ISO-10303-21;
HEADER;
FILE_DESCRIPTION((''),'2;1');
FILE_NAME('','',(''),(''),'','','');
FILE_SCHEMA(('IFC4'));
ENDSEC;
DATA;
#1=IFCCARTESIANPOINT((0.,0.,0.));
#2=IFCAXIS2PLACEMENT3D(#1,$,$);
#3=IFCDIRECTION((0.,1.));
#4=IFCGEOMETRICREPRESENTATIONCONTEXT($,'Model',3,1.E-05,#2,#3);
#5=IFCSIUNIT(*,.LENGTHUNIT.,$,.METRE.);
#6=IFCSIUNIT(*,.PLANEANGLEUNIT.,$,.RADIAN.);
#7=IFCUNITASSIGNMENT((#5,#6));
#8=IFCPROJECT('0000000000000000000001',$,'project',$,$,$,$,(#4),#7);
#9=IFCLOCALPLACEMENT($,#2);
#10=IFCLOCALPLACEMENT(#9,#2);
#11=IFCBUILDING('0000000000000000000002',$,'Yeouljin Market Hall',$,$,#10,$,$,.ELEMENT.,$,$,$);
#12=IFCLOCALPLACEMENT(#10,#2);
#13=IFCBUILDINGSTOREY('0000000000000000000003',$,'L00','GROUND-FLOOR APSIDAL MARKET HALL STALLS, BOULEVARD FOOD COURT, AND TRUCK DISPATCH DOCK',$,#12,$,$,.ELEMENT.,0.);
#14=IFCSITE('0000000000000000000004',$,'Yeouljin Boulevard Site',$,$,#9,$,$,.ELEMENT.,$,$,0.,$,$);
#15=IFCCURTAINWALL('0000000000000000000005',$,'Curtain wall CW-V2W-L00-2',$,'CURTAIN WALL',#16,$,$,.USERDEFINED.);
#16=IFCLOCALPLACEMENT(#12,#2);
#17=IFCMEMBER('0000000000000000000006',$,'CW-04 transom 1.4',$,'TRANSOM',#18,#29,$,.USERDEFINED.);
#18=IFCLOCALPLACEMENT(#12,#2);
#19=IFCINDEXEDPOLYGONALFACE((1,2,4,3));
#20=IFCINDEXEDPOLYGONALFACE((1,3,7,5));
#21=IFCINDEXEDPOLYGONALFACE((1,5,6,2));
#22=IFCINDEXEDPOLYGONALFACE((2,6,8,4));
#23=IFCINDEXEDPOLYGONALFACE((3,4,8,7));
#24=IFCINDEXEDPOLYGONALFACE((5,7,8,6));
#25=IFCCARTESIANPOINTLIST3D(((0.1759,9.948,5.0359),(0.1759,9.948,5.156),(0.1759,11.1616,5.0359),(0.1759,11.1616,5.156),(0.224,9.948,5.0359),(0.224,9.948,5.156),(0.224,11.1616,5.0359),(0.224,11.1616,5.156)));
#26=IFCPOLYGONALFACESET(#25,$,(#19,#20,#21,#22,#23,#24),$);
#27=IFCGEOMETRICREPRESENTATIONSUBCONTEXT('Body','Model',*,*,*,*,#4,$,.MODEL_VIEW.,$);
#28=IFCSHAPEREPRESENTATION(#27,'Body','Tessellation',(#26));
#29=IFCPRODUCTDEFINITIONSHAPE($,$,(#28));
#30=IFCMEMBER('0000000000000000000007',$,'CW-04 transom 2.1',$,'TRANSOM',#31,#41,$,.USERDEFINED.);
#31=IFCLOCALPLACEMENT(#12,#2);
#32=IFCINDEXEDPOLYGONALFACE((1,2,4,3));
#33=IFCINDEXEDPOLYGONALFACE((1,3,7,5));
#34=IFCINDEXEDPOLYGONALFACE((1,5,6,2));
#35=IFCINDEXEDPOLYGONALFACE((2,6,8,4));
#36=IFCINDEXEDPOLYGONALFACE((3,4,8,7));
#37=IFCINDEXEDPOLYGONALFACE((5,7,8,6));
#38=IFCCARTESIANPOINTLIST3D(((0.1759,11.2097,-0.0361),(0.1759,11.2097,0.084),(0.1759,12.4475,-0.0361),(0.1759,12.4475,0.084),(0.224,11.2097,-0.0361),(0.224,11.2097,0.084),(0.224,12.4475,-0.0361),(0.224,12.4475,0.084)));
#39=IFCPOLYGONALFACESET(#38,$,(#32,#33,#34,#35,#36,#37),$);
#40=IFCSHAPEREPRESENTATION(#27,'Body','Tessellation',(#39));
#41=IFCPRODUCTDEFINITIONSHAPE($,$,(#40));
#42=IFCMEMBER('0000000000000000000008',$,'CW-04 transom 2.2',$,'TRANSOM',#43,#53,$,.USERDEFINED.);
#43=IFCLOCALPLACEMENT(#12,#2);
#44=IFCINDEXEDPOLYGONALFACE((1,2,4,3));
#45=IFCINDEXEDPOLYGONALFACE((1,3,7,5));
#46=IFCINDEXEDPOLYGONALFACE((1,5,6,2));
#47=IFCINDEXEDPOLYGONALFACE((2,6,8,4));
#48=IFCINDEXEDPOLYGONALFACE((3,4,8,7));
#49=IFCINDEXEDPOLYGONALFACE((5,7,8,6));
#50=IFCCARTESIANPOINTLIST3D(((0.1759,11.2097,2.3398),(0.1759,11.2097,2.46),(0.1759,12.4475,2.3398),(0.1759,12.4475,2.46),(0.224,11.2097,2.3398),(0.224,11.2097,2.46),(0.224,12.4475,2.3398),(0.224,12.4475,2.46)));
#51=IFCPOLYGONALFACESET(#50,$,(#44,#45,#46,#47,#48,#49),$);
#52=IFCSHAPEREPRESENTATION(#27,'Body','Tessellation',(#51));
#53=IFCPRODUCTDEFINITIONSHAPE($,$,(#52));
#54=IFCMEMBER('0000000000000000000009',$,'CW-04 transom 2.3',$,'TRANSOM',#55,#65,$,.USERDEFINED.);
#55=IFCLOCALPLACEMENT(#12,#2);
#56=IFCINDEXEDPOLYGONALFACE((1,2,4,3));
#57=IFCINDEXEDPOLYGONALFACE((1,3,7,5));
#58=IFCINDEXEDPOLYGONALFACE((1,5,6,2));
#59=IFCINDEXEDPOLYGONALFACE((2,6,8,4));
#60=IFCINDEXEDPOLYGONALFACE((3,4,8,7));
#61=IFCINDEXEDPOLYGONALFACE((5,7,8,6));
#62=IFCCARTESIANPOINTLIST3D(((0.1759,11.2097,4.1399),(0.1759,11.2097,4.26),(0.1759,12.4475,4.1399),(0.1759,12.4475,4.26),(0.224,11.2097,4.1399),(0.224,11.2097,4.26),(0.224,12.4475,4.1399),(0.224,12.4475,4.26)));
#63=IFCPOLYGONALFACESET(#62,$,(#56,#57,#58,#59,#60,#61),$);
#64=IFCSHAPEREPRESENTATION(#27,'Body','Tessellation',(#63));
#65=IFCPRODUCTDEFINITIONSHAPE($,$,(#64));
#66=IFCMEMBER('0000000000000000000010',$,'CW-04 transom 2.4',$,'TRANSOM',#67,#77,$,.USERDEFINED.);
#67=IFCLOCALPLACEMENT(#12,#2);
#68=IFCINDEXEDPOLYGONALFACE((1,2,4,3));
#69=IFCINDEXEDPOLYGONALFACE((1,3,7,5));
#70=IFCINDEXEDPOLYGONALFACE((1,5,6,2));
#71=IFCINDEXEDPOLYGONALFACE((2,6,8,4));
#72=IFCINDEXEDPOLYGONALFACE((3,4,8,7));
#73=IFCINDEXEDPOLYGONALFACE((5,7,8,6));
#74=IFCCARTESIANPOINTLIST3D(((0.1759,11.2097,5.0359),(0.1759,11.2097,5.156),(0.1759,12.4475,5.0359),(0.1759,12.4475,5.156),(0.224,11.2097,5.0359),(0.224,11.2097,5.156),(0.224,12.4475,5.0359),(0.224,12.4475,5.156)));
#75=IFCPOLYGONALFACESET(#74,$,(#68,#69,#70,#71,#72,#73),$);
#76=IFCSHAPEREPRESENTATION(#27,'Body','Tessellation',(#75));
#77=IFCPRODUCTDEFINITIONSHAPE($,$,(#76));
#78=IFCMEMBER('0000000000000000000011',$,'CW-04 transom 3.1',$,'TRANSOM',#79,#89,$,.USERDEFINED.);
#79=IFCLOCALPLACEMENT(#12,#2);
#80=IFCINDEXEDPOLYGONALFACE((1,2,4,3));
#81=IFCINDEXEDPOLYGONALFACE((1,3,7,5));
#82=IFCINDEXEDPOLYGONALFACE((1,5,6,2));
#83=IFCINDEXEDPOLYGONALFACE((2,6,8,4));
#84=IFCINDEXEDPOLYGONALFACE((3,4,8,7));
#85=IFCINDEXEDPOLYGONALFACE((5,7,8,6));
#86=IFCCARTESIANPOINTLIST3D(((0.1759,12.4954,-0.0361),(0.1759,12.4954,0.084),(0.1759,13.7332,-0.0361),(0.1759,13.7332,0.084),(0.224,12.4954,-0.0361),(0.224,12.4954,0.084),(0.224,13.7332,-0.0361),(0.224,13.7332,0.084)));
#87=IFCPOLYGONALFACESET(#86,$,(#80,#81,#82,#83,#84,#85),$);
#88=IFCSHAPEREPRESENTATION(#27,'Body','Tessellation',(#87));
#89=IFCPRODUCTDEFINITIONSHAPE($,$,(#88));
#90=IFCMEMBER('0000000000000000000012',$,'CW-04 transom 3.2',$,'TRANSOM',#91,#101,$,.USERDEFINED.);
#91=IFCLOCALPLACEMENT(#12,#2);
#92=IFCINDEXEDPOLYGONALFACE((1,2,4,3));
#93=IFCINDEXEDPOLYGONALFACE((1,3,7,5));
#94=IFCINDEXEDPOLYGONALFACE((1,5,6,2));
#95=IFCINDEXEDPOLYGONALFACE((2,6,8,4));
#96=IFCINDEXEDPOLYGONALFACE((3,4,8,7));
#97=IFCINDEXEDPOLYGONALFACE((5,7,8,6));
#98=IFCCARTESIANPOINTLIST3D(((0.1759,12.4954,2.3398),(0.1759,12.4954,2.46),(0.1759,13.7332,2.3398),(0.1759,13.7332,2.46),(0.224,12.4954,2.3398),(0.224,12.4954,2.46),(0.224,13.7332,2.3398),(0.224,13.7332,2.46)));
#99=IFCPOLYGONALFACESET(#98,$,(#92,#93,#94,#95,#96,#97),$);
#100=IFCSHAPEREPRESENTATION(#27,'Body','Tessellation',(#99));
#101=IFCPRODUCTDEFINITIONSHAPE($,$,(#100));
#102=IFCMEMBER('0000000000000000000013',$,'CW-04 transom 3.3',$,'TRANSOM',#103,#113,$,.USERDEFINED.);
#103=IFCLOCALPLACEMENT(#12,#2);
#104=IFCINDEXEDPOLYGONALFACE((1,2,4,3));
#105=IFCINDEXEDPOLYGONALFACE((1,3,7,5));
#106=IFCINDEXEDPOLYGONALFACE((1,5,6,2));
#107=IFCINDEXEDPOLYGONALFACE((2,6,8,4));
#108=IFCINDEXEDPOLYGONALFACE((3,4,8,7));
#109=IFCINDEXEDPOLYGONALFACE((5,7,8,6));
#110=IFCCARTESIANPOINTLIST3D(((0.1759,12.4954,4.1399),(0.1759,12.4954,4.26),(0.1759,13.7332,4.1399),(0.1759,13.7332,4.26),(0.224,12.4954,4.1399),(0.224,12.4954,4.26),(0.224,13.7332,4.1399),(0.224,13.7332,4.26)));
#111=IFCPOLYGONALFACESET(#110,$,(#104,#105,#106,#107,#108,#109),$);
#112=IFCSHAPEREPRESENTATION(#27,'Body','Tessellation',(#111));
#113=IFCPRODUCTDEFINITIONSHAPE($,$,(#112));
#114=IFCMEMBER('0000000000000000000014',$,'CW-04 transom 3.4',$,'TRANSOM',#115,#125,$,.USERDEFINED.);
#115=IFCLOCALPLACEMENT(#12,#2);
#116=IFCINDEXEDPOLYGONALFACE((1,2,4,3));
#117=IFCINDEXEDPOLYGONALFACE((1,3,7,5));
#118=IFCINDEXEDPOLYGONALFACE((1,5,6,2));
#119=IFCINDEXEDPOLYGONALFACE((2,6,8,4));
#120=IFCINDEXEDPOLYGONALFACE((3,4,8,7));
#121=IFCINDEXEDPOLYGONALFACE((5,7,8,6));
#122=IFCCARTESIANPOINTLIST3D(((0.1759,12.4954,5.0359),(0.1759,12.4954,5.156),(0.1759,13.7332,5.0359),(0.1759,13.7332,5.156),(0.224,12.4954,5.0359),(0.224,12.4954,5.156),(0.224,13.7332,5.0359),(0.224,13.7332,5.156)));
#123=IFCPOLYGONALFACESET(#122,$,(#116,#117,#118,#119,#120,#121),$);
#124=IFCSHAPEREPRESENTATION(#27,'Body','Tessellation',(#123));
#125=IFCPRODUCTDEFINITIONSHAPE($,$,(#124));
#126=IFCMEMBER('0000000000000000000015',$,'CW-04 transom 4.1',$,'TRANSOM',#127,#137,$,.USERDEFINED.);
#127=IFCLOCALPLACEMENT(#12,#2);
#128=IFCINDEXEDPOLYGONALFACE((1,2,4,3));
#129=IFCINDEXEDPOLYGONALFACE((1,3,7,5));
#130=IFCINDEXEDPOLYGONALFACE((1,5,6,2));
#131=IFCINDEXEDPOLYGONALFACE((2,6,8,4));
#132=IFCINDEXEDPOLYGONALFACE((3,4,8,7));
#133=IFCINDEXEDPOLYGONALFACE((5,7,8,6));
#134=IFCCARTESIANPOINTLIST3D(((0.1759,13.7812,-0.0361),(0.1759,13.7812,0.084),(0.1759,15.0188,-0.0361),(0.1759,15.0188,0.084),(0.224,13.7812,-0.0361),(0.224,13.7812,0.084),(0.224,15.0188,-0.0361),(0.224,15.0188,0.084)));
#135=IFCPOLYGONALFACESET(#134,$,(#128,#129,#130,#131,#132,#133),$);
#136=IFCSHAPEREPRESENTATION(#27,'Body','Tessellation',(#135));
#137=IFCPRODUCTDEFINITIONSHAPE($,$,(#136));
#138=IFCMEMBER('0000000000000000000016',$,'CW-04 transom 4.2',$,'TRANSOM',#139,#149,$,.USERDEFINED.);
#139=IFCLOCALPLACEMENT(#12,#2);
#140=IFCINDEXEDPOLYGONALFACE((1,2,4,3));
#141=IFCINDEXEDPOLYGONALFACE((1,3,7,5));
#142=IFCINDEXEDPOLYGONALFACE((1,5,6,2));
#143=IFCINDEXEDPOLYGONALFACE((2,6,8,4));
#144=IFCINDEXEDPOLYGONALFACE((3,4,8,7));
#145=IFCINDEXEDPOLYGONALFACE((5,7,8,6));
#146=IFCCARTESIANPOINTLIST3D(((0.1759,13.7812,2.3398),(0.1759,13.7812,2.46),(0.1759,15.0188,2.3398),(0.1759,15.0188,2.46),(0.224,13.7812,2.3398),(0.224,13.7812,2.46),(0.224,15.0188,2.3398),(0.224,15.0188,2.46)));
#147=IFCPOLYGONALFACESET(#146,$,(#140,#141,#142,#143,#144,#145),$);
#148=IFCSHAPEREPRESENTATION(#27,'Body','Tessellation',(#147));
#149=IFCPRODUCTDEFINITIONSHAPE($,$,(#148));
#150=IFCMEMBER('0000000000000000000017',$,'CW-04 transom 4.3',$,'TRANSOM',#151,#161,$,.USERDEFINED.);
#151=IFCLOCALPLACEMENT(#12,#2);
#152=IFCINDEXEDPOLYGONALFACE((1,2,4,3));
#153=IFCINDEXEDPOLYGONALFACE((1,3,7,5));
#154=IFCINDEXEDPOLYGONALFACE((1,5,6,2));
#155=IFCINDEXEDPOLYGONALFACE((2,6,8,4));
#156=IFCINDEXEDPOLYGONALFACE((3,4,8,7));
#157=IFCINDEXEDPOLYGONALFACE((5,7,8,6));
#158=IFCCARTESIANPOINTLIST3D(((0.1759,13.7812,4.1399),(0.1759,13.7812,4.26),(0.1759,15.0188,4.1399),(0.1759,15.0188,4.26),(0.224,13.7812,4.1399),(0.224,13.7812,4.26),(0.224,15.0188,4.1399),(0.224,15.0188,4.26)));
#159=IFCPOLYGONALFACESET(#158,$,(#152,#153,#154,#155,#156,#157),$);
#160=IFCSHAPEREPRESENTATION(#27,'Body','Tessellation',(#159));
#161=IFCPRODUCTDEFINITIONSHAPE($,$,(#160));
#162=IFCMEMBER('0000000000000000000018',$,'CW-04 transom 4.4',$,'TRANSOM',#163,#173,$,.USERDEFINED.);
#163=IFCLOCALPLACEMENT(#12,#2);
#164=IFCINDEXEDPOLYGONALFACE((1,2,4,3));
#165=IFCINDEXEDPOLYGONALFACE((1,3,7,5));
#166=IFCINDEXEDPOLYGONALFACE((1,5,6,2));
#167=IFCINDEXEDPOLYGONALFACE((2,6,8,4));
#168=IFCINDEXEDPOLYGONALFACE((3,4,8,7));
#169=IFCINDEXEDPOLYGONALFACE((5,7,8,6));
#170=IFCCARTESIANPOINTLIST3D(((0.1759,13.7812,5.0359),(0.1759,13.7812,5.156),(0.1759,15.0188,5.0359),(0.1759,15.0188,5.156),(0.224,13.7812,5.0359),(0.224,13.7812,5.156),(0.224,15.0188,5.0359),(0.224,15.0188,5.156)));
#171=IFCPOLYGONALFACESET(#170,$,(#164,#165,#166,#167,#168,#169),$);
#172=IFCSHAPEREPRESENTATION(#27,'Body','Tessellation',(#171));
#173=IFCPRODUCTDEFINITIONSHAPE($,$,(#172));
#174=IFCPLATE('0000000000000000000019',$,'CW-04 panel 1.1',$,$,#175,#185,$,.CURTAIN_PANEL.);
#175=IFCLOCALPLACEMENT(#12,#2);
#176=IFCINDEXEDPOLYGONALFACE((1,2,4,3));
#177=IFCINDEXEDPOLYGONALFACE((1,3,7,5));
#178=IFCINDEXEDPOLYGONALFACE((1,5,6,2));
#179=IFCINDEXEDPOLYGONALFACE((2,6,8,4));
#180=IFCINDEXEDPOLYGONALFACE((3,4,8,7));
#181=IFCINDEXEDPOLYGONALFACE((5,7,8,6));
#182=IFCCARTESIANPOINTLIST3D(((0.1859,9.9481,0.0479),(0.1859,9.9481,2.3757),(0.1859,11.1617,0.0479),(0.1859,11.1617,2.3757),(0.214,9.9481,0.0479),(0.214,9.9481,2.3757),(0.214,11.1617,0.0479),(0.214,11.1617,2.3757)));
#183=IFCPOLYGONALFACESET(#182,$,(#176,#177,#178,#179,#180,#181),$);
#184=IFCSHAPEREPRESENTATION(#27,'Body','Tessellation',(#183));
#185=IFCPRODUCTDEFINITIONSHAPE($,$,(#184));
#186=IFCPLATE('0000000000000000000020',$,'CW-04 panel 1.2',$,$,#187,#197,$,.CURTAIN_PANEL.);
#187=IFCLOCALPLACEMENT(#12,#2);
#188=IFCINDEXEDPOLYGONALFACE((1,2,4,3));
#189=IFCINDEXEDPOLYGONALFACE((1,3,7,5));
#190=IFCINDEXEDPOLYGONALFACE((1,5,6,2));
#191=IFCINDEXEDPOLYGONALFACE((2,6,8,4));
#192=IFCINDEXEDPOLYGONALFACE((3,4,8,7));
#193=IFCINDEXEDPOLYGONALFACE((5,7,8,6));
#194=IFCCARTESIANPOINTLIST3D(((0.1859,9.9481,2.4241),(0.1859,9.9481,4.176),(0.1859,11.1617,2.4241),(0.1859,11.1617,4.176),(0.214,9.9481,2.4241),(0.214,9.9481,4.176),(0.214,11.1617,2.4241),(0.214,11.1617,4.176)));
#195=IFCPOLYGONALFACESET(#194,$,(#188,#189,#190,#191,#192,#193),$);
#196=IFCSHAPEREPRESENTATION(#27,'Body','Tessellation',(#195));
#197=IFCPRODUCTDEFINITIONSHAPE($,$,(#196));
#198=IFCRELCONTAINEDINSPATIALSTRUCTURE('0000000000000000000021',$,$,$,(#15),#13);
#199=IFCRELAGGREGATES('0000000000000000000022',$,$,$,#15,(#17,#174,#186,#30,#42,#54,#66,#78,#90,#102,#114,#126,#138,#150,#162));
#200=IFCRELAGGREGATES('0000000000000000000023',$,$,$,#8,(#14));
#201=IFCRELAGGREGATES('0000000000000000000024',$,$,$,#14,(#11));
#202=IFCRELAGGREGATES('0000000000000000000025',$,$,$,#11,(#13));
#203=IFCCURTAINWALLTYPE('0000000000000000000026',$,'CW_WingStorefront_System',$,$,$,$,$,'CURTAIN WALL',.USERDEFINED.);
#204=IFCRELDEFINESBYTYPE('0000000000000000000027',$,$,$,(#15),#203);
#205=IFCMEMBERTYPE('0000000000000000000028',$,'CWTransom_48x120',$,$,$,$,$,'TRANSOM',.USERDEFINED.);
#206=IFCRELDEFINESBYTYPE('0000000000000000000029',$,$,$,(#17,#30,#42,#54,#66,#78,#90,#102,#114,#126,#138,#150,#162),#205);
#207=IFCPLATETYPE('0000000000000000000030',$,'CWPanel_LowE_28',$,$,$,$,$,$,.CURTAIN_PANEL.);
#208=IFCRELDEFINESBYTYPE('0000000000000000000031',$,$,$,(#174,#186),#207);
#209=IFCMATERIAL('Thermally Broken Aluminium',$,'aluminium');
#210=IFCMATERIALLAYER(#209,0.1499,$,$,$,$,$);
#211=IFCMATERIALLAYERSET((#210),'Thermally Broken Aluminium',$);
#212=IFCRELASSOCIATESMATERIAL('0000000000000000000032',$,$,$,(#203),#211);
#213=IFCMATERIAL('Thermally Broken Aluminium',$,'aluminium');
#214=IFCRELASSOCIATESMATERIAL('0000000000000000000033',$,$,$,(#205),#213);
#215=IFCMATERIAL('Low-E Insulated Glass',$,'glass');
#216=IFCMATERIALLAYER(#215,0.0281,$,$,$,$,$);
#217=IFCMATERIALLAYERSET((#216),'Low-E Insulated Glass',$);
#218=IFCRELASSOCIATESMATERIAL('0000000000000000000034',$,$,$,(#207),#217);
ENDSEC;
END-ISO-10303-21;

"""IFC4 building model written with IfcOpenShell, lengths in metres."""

from ifc_helpers import new_model, si_unit, direction, frame, origin, origin_2d, place, context, subcontext, project, spatial, rectangle, extrude, material, layer, layer_set, material_profile, profile_set, type_object, element, aggregate, save


model = new_model("IFC4")

# Units and contexts
model_context = context("Model", 3, precision=1e-05, world=origin(), true_north=direction((0.0, 1.0)))
body_context = subcontext(model_context, "Body", "Model", "MODEL_VIEW")
ifc_project = project(units=[si_unit("LENGTHUNIT", "METRE"), si_unit("PLANEANGLEUNIT", "RADIAN")], contexts=[model_context])

# Site, building, storey
site_placement = place(None, origin())
site = spatial("IfcSite", under=ifc_project, at=site_placement, Name="Yeouljin Boulevard Site", CompositionType="ELEMENT", RefElevation=0.0)
building_placement = place(site_placement, origin())
building = spatial("IfcBuilding", under=site, at=building_placement, Name="Yeouljin Market Hall", CompositionType="ELEMENT")
storey_placement = place(building_placement, origin())
storey = spatial("IfcBuildingStorey", under=building, at=storey_placement, Name="L00", Description="GROUND-FLOOR APSIDAL MARKET HALL STALLS, BOULEVARD FOOD COURT, AND TRUCK DISPATCH DOCK", CompositionType="ELEMENT", Elevation=0.0)

# Curtain wall, members, plates
ifc_material_1 = material(Name="Thermally Broken Aluminium", Category="aluminium")
ifc_layer_1 = layer(ifc_material_1, 0.1499)
ifc_layer_set_1 = layer_set([ifc_layer_1], Name="Thermally Broken Aluminium")
curtain_wall_type = type_object("IfcCurtainWallType", Name="CW_WingStorefront_System", ElementType="CURTAIN WALL", PredefinedType="USERDEFINED", material=ifc_layer_set_1)
curtain_wall_placement = place(storey_placement, origin())
curtain_wall = element("IfcCurtainWall", 1, at=curtain_wall_placement, inside=storey, type_object=curtain_wall_type, Name="Curtain wall CW-V2W-L00-2", ObjectType="CURTAIN WALL", PredefinedType="USERDEFINED")
ifc_material_2 = material(Name="Thermally Broken Aluminium", Category="aluminium")
ifc_material_profile_1 = material_profile(ifc_material_2, rectangle(XDim=0.0481, YDim=0.1201, at=origin_2d()), Name="CW-TRAN-48x120")
ifc_profile_set_1 = profile_set([ifc_material_profile_1], Name="Thermally Broken Aluminium")
member_type_1 = type_object("IfcMemberType", Name="CWTransom_48x120", ElementType="TRANSOM", PredefinedType="USERDEFINED", material=ifc_profile_set_1)
member_1_placement = place(storey_placement, frame((0.2, 9.948, 5.0959), z_axis=(0.0, 1.0, 0.0), x_axis=(-1.0, 0.0, 0.0)))
member_1 = element("IfcMember", 2, at=member_1_placement, type_object=member_type_1, Name="CW-04 transom 1.4", ObjectType="TRANSOM", PredefinedType="USERDEFINED", context=body_context, shape_type="SweptSolid", body=[
    extrude(rectangle(XDim=0.0481, YDim=0.1201, at=origin_2d()), origin(), (0.0, 0.0, 1.0), 1.2136),
])
member_2_placement = place(storey_placement, frame((0.2, 11.2097, 0.0239), z_axis=(0.0, 1.0, 0.0), x_axis=(-1.0, 0.0, 0.0)))
member_2 = element("IfcMember", 3, at=member_2_placement, type_object=member_type_1, Name="CW-04 transom 2.1", ObjectType="TRANSOM", PredefinedType="USERDEFINED", context=body_context, shape_type="SweptSolid", body=[
    extrude(rectangle(XDim=0.0481, YDim=0.1201, at=origin_2d()), origin(), (0.0, 0.0, 1.0), 1.2378),
])
member_3_placement = place(storey_placement, frame((0.2, 11.2097, 2.3999), z_axis=(0.0, 1.0, 0.0), x_axis=(-1.0, 0.0, 0.0)))
member_3 = element("IfcMember", 4, at=member_3_placement, type_object=member_type_1, Name="CW-04 transom 2.2", ObjectType="TRANSOM", PredefinedType="USERDEFINED", context=body_context, shape_type="SweptSolid", body=[
    extrude(rectangle(XDim=0.0481, YDim=0.1201, at=origin_2d()), origin(), (0.0, 0.0, 1.0), 1.2378),
])
member_4_placement = place(storey_placement, frame((0.2, 11.2097, 4.2), z_axis=(0.0, 1.0, 0.0), x_axis=(-1.0, 0.0, 0.0)))
member_4 = element("IfcMember", 5, at=member_4_placement, type_object=member_type_1, Name="CW-04 transom 2.3", ObjectType="TRANSOM", PredefinedType="USERDEFINED", context=body_context, shape_type="SweptSolid", body=[
    extrude(rectangle(XDim=0.0481, YDim=0.1201, at=origin_2d()), origin(), (0.0, 0.0, 1.0), 1.2378),
])
member_5_placement = place(storey_placement, frame((0.2, 11.2097, 5.0959), z_axis=(0.0, 1.0, 0.0), x_axis=(-1.0, 0.0, 0.0)))
member_5 = element("IfcMember", 6, at=member_5_placement, type_object=member_type_1, Name="CW-04 transom 2.4", ObjectType="TRANSOM", PredefinedType="USERDEFINED", context=body_context, shape_type="SweptSolid", body=[
    extrude(rectangle(XDim=0.0481, YDim=0.1201, at=origin_2d()), origin(), (0.0, 0.0, 1.0), 1.2378),
])
member_6_placement = place(storey_placement, frame((0.2, 12.4954, 0.0239), z_axis=(0.0, 1.0, 0.0), x_axis=(-1.0, 0.0, 0.0)))
member_6 = element("IfcMember", 7, at=member_6_placement, type_object=member_type_1, Name="CW-04 transom 3.1", ObjectType="TRANSOM", PredefinedType="USERDEFINED", context=body_context, shape_type="SweptSolid", body=[
    extrude(rectangle(XDim=0.0481, YDim=0.1201, at=origin_2d()), origin(), (0.0, 0.0, 1.0), 1.2378),
])
member_7_placement = place(storey_placement, frame((0.2, 12.4954, 2.3999), z_axis=(0.0, 1.0, 0.0), x_axis=(-1.0, 0.0, 0.0)))
member_7 = element("IfcMember", 8, at=member_7_placement, type_object=member_type_1, Name="CW-04 transom 3.2", ObjectType="TRANSOM", PredefinedType="USERDEFINED", context=body_context, shape_type="SweptSolid", body=[
    extrude(rectangle(XDim=0.0481, YDim=0.1201, at=origin_2d()), origin(), (0.0, 0.0, 1.0), 1.2378),
])
member_8_placement = place(storey_placement, frame((0.2, 12.4954, 4.2), z_axis=(0.0, 1.0, 0.0), x_axis=(-1.0, 0.0, 0.0)))
member_8 = element("IfcMember", 9, at=member_8_placement, type_object=member_type_1, Name="CW-04 transom 3.3", ObjectType="TRANSOM", PredefinedType="USERDEFINED", context=body_context, shape_type="SweptSolid", body=[
    extrude(rectangle(XDim=0.0481, YDim=0.1201, at=origin_2d()), origin(), (0.0, 0.0, 1.0), 1.2378),
])
member_9_placement = place(storey_placement, frame((0.2, 12.4954, 5.0959), z_axis=(0.0, 1.0, 0.0), x_axis=(-1.0, 0.0, 0.0)))
member_9 = element("IfcMember", 10, at=member_9_placement, type_object=member_type_1, Name="CW-04 transom 3.4", ObjectType="TRANSOM", PredefinedType="USERDEFINED", context=body_context, shape_type="SweptSolid", body=[
    extrude(rectangle(XDim=0.0481, YDim=0.1201, at=origin_2d()), origin(), (0.0, 0.0, 1.0), 1.2378),
])
member_10_placement = place(storey_placement, frame((0.2, 13.7812, 0.0239), z_axis=(0.0, 1.0, 0.0), x_axis=(-1.0, 0.0, 0.0)))
member_10 = element("IfcMember", 11, at=member_10_placement, type_object=member_type_1, Name="CW-04 transom 4.1", ObjectType="TRANSOM", PredefinedType="USERDEFINED", context=body_context, shape_type="SweptSolid", body=[
    extrude(rectangle(XDim=0.0481, YDim=0.1201, at=origin_2d()), origin(), (0.0, 0.0, 1.0), 1.2375),
])
member_11_placement = place(storey_placement, frame((0.2, 13.7812, 2.3999), z_axis=(0.0, 1.0, 0.0), x_axis=(-1.0, 0.0, 0.0)))
member_11 = element("IfcMember", 12, at=member_11_placement, type_object=member_type_1, Name="CW-04 transom 4.2", ObjectType="TRANSOM", PredefinedType="USERDEFINED", context=body_context, shape_type="SweptSolid", body=[
    extrude(rectangle(XDim=0.0481, YDim=0.1201, at=origin_2d()), origin(), (0.0, 0.0, 1.0), 1.2375),
])
member_12_placement = place(storey_placement, frame((0.2, 13.7812, 4.2), z_axis=(0.0, 1.0, 0.0), x_axis=(-1.0, 0.0, 0.0)))
member_12 = element("IfcMember", 13, at=member_12_placement, type_object=member_type_1, Name="CW-04 transom 4.3", ObjectType="TRANSOM", PredefinedType="USERDEFINED", context=body_context, shape_type="SweptSolid", body=[
    extrude(rectangle(XDim=0.0481, YDim=0.1201, at=origin_2d()), origin(), (0.0, 0.0, 1.0), 1.2375),
])
member_13_placement = place(storey_placement, frame((0.2, 13.7812, 5.0959), z_axis=(0.0, 1.0, 0.0), x_axis=(-1.0, 0.0, 0.0)))
member_13 = element("IfcMember", 14, at=member_13_placement, type_object=member_type_1, Name="CW-04 transom 4.4", ObjectType="TRANSOM", PredefinedType="USERDEFINED", context=body_context, shape_type="SweptSolid", body=[
    extrude(rectangle(XDim=0.0481, YDim=0.1201, at=origin_2d()), origin(), (0.0, 0.0, 1.0), 1.2375),
])
ifc_material_3 = material(Name="Low-E Insulated Glass", Category="glass")
ifc_layer_2 = layer(ifc_material_3, 0.0281)
ifc_layer_set_2 = layer_set([ifc_layer_2], Name="Low-E Insulated Glass")
plate_type = type_object("IfcPlateType", Name="CWPanel_LowE_28", PredefinedType="CURTAIN_PANEL", material=ifc_layer_set_2)
plate_1_placement = place(storey_placement, frame((0.2, 10.5549, 0.0479), z_axis=(0.0, 0.0, 1.0), x_axis=(0.0, 1.0, 0.0)))
plate_1 = element("IfcPlate", 15, at=plate_1_placement, type_object=plate_type, Name="CW-04 panel 1.1", PredefinedType="CURTAIN_PANEL", context=body_context, shape_type="SweptSolid", body=[
    extrude(rectangle(XDim=1.2136, YDim=0.0281, at=origin_2d()), origin(), (0.0, 0.0, 1.0), 2.3279),
])
plate_2_placement = place(storey_placement, frame((0.2, 10.5549, 2.4241), z_axis=(0.0, 0.0, 1.0), x_axis=(0.0, 1.0, 0.0)))
plate_2 = element("IfcPlate", 16, at=plate_2_placement, type_object=plate_type, Name="CW-04 panel 1.2", PredefinedType="CURTAIN_PANEL", context=body_context, shape_type="SweptSolid", body=[
    extrude(rectangle(XDim=1.2136, YDim=0.0281, at=origin_2d()), origin(), (0.0, 0.0, 1.0), 1.752),
])
aggregate(curtain_wall, [member_1, plate_1, plate_2, member_2, member_3, member_4, member_5, member_6, member_7, member_8, member_9, member_10, member_11, member_12, member_13])

save(model, "model.ifc")
